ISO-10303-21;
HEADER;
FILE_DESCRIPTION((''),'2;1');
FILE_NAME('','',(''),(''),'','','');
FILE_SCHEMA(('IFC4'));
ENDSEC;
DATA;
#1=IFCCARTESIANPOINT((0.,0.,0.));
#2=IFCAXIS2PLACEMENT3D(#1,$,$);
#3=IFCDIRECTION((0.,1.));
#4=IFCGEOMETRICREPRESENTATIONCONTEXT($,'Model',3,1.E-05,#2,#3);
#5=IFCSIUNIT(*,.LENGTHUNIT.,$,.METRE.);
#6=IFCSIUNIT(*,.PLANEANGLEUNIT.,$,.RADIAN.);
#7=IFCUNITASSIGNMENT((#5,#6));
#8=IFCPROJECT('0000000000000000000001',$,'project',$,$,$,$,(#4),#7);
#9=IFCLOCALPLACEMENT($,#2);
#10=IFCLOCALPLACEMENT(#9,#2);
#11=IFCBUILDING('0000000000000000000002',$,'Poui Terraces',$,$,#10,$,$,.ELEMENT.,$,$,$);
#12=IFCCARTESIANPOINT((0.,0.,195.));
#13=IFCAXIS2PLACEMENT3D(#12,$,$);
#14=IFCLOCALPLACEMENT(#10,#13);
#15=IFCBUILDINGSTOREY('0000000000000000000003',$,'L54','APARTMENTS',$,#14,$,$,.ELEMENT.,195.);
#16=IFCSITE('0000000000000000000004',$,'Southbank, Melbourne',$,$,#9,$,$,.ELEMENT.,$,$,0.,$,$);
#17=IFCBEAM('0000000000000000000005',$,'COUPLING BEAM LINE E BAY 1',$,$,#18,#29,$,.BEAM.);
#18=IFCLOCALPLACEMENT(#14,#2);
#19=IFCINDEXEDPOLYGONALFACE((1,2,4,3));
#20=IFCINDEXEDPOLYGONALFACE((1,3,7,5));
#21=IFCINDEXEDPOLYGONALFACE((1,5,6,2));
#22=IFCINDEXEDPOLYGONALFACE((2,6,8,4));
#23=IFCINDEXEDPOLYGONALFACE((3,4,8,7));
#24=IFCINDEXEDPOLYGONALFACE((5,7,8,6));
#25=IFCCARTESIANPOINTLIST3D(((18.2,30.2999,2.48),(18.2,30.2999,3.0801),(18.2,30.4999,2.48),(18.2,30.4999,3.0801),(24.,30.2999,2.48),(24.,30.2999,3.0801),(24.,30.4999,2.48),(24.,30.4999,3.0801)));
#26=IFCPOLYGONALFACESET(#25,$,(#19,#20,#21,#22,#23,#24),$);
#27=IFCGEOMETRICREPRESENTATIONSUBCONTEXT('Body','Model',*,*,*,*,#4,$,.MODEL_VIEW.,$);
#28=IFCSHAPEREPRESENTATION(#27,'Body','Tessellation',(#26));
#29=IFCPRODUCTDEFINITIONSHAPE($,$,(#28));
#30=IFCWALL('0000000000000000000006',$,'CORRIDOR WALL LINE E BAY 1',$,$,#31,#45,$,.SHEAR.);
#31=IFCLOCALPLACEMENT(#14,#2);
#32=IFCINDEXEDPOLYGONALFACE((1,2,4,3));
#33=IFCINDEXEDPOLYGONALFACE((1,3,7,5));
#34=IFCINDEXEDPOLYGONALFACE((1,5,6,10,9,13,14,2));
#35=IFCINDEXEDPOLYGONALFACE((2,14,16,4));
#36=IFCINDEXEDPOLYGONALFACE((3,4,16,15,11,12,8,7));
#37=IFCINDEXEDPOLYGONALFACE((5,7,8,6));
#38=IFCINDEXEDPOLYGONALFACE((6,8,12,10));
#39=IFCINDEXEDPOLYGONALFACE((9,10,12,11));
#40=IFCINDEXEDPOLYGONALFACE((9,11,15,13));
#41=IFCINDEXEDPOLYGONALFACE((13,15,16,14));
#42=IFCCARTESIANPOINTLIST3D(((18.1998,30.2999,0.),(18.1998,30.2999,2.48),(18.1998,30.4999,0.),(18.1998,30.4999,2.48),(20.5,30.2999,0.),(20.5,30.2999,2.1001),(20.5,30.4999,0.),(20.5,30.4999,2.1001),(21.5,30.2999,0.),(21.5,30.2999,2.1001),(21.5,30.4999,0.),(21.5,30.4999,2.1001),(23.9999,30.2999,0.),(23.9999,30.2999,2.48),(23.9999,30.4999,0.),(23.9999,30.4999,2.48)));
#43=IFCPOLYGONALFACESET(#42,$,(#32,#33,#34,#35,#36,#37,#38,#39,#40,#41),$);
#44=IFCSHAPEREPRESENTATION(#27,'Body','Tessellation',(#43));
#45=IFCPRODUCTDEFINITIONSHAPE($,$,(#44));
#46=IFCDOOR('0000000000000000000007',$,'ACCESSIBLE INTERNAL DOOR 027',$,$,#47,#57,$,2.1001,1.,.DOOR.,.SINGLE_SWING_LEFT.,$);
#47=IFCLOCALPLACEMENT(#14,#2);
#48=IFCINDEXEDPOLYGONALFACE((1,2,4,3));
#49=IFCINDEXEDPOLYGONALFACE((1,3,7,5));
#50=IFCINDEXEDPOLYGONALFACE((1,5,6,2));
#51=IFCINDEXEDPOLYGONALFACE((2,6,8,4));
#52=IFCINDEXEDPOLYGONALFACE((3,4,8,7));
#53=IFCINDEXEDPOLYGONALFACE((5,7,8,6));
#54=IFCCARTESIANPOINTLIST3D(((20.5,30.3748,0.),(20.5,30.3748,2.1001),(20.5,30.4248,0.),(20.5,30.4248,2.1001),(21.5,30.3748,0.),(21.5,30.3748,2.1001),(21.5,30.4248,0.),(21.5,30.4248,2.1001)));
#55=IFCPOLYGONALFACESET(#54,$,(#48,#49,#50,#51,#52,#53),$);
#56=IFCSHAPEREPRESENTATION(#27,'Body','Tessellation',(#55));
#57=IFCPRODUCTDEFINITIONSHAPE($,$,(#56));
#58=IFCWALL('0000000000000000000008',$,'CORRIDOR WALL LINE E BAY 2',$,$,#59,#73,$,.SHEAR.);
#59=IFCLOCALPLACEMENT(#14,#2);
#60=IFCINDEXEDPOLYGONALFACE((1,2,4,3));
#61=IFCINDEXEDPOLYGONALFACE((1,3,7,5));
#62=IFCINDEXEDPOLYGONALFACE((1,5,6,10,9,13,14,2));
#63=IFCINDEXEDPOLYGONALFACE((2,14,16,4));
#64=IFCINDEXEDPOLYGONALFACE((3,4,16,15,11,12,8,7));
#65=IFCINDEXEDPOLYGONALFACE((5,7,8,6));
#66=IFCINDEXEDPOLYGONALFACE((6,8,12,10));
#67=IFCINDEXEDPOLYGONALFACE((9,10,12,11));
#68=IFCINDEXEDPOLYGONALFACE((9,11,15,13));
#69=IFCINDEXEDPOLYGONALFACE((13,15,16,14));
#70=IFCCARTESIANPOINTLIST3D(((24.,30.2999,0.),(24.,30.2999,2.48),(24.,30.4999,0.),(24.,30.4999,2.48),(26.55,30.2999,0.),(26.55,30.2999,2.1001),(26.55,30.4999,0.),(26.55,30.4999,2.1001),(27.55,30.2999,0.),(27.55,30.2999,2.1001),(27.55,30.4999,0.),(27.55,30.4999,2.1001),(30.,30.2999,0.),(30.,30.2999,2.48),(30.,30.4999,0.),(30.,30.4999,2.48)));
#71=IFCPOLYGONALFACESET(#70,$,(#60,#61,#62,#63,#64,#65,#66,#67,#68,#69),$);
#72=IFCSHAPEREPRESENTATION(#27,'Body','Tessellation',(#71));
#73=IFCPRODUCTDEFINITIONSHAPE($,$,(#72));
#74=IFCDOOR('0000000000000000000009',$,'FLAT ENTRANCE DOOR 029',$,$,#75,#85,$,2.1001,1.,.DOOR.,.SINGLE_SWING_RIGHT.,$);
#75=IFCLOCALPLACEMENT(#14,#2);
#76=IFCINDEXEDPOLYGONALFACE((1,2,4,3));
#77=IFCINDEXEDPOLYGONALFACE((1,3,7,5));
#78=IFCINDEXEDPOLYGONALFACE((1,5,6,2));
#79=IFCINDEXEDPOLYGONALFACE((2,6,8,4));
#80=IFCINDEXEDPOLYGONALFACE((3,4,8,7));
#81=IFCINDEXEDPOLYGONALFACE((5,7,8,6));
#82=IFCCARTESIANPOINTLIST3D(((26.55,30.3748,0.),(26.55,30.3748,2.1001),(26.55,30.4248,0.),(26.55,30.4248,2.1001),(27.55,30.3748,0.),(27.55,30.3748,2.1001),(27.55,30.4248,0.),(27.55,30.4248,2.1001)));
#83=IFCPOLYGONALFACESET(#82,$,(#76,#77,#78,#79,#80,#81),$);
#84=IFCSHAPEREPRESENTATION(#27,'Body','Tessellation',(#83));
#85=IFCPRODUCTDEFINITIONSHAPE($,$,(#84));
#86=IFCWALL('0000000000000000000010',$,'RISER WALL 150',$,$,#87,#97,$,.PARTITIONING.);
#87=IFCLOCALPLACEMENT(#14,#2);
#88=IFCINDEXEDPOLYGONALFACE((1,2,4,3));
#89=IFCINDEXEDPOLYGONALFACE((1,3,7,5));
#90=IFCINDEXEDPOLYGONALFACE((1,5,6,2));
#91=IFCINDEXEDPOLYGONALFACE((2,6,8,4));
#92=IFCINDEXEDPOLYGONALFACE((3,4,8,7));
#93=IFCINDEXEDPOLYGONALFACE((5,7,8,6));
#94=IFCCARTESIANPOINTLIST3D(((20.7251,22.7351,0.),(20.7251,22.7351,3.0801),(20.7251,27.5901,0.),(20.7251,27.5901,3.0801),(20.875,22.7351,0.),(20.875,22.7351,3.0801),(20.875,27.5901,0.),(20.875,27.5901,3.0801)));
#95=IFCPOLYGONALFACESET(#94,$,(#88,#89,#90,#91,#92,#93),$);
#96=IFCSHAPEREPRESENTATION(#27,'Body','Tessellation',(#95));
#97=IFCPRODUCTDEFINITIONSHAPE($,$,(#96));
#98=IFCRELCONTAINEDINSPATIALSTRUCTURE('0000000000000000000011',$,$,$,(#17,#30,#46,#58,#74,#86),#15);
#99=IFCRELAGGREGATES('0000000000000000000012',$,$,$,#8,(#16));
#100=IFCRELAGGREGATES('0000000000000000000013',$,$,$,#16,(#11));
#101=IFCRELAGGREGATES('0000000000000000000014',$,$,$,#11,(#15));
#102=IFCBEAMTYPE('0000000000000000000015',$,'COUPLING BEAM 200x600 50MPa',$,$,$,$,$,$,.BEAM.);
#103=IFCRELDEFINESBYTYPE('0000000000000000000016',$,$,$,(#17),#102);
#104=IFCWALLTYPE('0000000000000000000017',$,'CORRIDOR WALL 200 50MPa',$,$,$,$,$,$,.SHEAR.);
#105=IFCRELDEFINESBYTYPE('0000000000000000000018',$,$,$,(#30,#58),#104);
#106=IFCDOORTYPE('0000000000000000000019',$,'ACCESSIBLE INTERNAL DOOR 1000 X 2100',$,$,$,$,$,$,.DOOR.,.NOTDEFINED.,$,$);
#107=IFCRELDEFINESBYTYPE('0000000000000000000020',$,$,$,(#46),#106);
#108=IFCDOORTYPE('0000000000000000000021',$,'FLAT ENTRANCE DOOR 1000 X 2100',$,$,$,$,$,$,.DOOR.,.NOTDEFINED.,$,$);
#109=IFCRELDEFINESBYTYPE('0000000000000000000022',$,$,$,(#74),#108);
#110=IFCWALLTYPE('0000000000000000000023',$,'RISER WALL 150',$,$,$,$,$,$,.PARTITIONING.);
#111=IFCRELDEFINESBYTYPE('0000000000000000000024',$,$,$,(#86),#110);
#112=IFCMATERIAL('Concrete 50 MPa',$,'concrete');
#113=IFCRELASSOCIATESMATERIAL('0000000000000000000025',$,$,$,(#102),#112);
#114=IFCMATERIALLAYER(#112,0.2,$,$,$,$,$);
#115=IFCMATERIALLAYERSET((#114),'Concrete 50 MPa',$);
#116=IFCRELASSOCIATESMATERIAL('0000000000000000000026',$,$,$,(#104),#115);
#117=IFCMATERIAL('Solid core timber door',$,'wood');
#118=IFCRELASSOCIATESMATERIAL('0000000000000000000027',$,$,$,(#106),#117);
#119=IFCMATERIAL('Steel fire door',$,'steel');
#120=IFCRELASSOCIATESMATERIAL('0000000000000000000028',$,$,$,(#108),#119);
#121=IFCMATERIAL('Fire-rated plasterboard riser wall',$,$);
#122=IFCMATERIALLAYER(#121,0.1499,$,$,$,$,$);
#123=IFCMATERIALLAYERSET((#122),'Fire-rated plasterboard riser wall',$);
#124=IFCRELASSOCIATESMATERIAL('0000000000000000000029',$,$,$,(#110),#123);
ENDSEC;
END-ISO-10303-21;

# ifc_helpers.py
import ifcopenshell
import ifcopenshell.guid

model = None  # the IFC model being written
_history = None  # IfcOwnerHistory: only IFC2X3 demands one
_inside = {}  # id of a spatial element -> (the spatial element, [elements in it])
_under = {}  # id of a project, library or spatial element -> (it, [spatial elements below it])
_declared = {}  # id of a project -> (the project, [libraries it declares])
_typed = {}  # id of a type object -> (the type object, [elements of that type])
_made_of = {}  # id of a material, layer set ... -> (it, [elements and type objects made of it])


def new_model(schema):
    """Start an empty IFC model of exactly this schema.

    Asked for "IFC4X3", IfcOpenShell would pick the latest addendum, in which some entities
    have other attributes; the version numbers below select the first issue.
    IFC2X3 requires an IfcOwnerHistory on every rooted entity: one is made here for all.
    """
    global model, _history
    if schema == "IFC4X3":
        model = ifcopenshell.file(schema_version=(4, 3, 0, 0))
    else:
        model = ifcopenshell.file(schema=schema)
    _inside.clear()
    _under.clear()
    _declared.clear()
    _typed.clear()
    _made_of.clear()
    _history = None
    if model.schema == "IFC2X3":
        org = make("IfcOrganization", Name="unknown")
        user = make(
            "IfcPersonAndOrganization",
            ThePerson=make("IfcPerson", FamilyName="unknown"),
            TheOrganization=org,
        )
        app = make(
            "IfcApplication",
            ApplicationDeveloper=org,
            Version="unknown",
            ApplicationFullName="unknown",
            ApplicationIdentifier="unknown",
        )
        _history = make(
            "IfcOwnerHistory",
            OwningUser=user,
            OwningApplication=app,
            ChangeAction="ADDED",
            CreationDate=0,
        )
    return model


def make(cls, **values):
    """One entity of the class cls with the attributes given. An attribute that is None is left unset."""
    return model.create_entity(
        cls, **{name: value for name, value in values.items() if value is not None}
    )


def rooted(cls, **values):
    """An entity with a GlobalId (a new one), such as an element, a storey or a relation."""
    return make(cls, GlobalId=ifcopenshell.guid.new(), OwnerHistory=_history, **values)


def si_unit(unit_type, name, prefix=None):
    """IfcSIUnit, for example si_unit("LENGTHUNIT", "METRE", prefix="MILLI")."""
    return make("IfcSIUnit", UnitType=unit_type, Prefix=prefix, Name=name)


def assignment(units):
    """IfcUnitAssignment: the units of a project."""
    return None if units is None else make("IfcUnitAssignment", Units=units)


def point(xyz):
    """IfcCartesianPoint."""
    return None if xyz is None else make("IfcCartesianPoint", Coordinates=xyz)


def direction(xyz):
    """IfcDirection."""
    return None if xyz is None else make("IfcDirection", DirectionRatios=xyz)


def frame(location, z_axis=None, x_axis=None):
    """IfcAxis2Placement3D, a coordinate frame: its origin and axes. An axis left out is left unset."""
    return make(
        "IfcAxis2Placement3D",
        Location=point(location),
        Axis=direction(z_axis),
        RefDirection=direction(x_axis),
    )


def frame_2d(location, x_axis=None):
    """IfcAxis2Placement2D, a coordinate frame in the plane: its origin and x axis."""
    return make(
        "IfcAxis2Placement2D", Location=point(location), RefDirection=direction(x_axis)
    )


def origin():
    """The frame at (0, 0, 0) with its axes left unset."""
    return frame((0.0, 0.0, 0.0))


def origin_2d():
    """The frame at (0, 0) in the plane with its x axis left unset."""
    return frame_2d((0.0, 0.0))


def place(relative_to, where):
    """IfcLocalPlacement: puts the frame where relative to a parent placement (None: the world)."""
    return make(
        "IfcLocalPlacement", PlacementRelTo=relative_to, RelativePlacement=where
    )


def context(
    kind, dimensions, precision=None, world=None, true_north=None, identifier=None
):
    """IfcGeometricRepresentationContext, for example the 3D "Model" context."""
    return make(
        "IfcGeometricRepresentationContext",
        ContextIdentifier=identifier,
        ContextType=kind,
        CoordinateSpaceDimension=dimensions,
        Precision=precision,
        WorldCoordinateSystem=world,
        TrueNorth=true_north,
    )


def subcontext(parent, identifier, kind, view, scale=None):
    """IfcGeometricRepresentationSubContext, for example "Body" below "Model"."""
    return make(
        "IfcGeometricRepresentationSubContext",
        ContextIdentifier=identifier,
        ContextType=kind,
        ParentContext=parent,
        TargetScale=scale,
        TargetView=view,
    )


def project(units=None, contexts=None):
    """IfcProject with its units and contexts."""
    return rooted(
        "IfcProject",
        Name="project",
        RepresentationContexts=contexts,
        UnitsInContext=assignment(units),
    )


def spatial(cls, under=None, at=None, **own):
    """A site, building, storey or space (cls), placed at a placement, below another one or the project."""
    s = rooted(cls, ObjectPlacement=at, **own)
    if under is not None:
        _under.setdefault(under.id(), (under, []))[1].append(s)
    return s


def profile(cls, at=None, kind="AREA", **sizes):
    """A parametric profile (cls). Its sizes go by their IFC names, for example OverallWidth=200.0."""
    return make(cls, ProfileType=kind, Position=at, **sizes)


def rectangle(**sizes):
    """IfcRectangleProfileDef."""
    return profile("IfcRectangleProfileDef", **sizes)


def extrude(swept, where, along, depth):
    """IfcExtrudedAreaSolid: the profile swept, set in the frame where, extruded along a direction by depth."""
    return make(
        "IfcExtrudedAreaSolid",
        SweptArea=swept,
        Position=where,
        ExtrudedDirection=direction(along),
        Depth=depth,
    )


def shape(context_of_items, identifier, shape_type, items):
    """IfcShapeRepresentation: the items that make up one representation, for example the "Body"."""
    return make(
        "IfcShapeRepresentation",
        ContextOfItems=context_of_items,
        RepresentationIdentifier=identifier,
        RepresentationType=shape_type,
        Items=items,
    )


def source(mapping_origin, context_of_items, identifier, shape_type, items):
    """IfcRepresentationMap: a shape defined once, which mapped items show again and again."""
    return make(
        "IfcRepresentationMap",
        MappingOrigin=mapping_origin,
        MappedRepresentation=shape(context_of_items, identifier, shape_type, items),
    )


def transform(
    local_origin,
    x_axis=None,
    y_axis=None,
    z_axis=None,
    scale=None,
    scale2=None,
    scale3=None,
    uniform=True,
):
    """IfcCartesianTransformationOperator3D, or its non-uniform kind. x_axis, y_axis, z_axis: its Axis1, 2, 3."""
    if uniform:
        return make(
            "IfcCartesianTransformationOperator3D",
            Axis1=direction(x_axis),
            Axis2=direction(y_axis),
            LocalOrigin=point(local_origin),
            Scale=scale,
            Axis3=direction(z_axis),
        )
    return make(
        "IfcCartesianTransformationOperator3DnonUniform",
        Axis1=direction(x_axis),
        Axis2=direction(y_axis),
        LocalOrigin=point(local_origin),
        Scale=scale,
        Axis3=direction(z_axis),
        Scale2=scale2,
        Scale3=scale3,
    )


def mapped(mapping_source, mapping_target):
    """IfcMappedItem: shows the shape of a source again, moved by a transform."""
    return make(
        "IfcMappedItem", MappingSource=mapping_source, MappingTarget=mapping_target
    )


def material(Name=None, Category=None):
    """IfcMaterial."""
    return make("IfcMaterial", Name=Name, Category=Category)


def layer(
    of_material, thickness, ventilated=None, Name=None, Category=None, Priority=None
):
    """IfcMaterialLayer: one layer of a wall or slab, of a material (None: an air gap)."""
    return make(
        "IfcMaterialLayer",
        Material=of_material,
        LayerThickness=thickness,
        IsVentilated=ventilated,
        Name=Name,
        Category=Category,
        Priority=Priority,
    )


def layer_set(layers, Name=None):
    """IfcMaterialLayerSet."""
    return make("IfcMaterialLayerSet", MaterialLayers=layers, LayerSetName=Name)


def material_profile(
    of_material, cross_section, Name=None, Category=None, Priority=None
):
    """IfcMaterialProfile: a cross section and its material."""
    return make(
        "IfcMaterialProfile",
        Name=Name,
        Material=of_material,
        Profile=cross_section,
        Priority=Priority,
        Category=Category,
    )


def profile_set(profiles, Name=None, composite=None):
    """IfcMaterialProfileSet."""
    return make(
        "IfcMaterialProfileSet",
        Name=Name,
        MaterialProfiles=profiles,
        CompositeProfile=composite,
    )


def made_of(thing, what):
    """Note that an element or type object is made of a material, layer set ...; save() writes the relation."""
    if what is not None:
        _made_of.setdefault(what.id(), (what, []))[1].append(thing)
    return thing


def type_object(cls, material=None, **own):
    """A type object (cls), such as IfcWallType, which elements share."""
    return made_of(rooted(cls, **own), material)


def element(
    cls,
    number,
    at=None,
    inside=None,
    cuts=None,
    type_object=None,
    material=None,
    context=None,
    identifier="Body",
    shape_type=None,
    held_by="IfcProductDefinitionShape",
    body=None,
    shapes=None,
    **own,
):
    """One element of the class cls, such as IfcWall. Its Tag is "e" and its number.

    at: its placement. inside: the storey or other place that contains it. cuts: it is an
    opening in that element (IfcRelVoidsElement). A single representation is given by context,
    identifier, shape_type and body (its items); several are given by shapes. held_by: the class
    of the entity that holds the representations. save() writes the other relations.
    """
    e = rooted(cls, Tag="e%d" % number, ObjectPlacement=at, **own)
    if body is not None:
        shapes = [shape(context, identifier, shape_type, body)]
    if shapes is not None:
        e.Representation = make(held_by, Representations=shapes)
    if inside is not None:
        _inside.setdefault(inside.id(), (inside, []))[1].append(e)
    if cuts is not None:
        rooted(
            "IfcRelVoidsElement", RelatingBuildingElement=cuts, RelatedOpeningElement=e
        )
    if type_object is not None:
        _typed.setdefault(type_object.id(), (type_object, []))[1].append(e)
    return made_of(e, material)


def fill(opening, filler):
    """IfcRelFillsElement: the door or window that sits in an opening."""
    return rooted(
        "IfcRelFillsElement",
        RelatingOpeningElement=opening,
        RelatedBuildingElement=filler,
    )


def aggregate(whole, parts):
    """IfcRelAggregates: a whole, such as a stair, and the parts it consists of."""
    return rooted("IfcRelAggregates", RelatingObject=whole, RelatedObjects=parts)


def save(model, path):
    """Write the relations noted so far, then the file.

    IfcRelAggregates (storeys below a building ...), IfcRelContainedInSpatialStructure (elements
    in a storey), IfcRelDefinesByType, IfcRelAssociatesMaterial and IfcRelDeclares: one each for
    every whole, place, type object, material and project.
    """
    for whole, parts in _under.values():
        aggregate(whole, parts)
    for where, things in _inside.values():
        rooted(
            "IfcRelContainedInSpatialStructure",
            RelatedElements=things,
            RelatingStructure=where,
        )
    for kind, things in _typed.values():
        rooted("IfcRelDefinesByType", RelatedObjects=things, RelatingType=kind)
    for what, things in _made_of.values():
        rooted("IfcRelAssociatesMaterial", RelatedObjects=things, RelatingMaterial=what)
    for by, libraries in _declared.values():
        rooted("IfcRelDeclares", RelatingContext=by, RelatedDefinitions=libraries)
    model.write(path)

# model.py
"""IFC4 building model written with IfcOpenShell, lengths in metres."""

from ifc_helpers import new_model, si_unit, direction, frame, frame_2d, origin, origin_2d, place, context, subcontext, project, spatial, rectangle, extrude, source, transform, mapped, material, layer, layer_set, material_profile, profile_set, type_object, element, fill, save


model = new_model("IFC4")

# Units and contexts
model_context = context("Model", 3, precision=1e-05, world=origin(), true_north=direction((0.0, 1.0)))
body_context = subcontext(model_context, "Body", "Model", "MODEL_VIEW")
ifc_project = project(units=[si_unit("LENGTHUNIT", "METRE"), si_unit("PLANEANGLEUNIT", "RADIAN")], contexts=[model_context])

# Site, building, storey
site_placement = place(None, origin())
site = spatial("IfcSite", under=ifc_project, at=site_placement, Name="Southbank, Melbourne", CompositionType="ELEMENT", RefElevation=0.0)
building_placement = place(site_placement, origin())
building = spatial("IfcBuilding", under=site, at=building_placement, Name="Poui Terraces", CompositionType="ELEMENT")
storey_placement = place(building_placement, frame((0.0, 0.0, 195.0)))
storey = spatial("IfcBuildingStorey", under=building, at=storey_placement, Name="L54", Description="APARTMENTS", CompositionType="ELEMENT", Elevation=195.0)

# Beam
ifc_material_1 = material(Name="Concrete 50 MPa", Category="concrete")
ifc_material_profile = material_profile(ifc_material_1, rectangle(XDim=0.2, YDim=0.6001, at=origin_2d()), Name="RC 200x600")
ifc_profile_set = profile_set([ifc_material_profile], Name="Concrete 50 MPa")
beam_type = type_object("IfcBeamType", Name="COUPLING BEAM 200x600 50MPa", PredefinedType="BEAM", material=ifc_profile_set)
shared_shape = source(origin(), body_context, "Body", "SweptSolid", [
    extrude(rectangle(XDim=0.2, YDim=0.6001, at=origin_2d()), origin(), (0.0, 0.0, 1.0), 5.8),
])
beam_placement = place(storey_placement, frame((18.2, 30.3999, 2.78), z_axis=(1.0, 0.0, 0.0), x_axis=(0.0, 1.0, 0.0)))
element("IfcBeam", 1, at=beam_placement, inside=storey, type_object=beam_type, Name="COUPLING BEAM LINE E BAY 1", PredefinedType="BEAM", context=body_context, shape_type="MappedRepresentation", body=[
    mapped(shared_shape, transform((0.0, 0.0, 0.0))),
])

# Walls, openings, doors
ifc_layer_1 = layer(ifc_material_1, 0.2)
ifc_layer_set_1 = layer_set([ifc_layer_1], Name="Concrete 50 MPa")
wall_type_1 = type_object("IfcWallType", Name="CORRIDOR WALL 200 50MPa", PredefinedType="SHEAR", material=ifc_layer_set_1)
wall_1_placement = place(storey_placement, frame((18.2, 30.3999, 0.0), z_axis=(0.0, 0.0, 1.0), x_axis=(1.0, 0.0, 0.0)))
wall_1 = element("IfcWall", 2, at=wall_1_placement, inside=storey, type_object=wall_type_1, Name="CORRIDOR WALL LINE E BAY 1", PredefinedType="SHEAR", context=body_context, shape_type="SweptSolid", body=[
    extrude(rectangle(XDim=5.8, YDim=0.2, at=frame_2d((2.8999, 0.0))), origin(), (0.0, 0.0, 1.0), 2.48),
])
opening_1_placement = place(wall_1_placement, frame((2.3, 0.0, 0.0)))
opening_1 = element("IfcOpeningElement", 3, at=opening_1_placement, cuts=wall_1, PredefinedType="OPENING", context=body_context, shape_type="SweptSolid", body=[
    extrude(rectangle(XDim=1.0, YDim=2.1001, at=frame_2d((0.5, 1.05))), frame((0.0, 0.1099, 0.0), z_axis=(0.0, -1.0, 0.0), x_axis=(1.0, 0.0, 0.0)), (0.0, 0.0, 1.0), 0.22),
])
ifc_material_2 = material(Name="Solid core timber door", Category="wood")
door_type_1 = type_object("IfcDoorType", Name="ACCESSIBLE INTERNAL DOOR 1000 X 2100", OperationType="NOTDEFINED", PredefinedType="DOOR", material=ifc_material_2)
door_1_placement = place(opening_1_placement, origin())
door_1 = element("IfcDoor", 4, at=door_1_placement, inside=storey, type_object=door_type_1, Name="ACCESSIBLE INTERNAL DOOR 027", OperationType="SINGLE_SWING_LEFT", OverallHeight=2.1001, OverallWidth=1.0, PredefinedType="DOOR", context=body_context, shape_type="SweptSolid", body=[
    extrude(rectangle(XDim=1.0, YDim=2.1001, at=frame_2d((0.5, 1.05))), frame((0.0, 0.0249, 0.0), z_axis=(0.0, -1.0, 0.0), x_axis=(1.0, 0.0, 0.0)), (0.0, 0.0, 1.0), 0.05),
])
fill(opening_1, door_1)
wall_2_placement = place(storey_placement, frame((24.0, 30.3999, 0.0), z_axis=(0.0, 0.0, 1.0), x_axis=(1.0, 0.0, 0.0)))
wall_2 = element("IfcWall", 5, at=wall_2_placement, inside=storey, type_object=wall_type_1, Name="CORRIDOR WALL LINE E BAY 2", PredefinedType="SHEAR", context=body_context, shape_type="SweptSolid", body=[
    extrude(rectangle(XDim=6.0, YDim=0.2, at=frame_2d((3.0, 0.0))), origin(), (0.0, 0.0, 1.0), 2.48),
])
opening_2_placement = place(wall_2_placement, frame((2.55, 0.0, 0.0)))
opening_2 = element("IfcOpeningElement", 6, at=opening_2_placement, cuts=wall_2, PredefinedType="OPENING", context=body_context, shape_type="SweptSolid", body=[
    extrude(rectangle(XDim=1.0, YDim=2.1001, at=frame_2d((0.5, 1.05))), frame((0.0, 0.1099, 0.0), z_axis=(0.0, -1.0, 0.0), x_axis=(1.0, 0.0, 0.0)), (0.0, 0.0, 1.0), 0.22),
])
ifc_material_3 = material(Name="Steel fire door", Category="steel")
door_type_2 = type_object("IfcDoorType", Name="FLAT ENTRANCE DOOR 1000 X 2100", OperationType="NOTDEFINED", PredefinedType="DOOR", material=ifc_material_3)
door_2_placement = place(opening_2_placement, origin())
door_2 = element("IfcDoor", 7, at=door_2_placement, inside=storey, type_object=door_type_2, Name="FLAT ENTRANCE DOOR 029", OperationType="SINGLE_SWING_RIGHT", OverallHeight=2.1001, OverallWidth=1.0, PredefinedType="DOOR", context=body_context, shape_type="SweptSolid", body=[
    extrude(rectangle(XDim=1.0, YDim=2.1001, at=frame_2d((0.5, 1.05))), frame((0.0, 0.0249, 0.0), z_axis=(0.0, -1.0, 0.0), x_axis=(1.0, 0.0, 0.0)), (0.0, 0.0, 1.0), 0.05),
])
fill(opening_2, door_2)

# Wall
ifc_material_4 = material(Name="Fire-rated plasterboard riser wall")
ifc_layer_2 = layer(ifc_material_4, 0.1499)
ifc_layer_set_2 = layer_set([ifc_layer_2], Name="Fire-rated plasterboard riser wall")
wall_type_2 = type_object("IfcWallType", Name="RISER WALL 150", PredefinedType="PARTITIONING", material=ifc_layer_set_2)
wall_3_placement = place(storey_placement, frame((20.8, 22.7351, 0.0), z_axis=(0.0, 0.0, 1.0), x_axis=(0.0, 1.0, 0.0)))
element("IfcWall", 8, at=wall_3_placement, inside=storey, type_object=wall_type_2, Name="RISER WALL 150", PredefinedType="PARTITIONING", context=body_context, shape_type="SweptSolid", body=[
    extrude(rectangle(XDim=4.855, YDim=0.1499, at=frame_2d((2.4275, 0.0))), origin(), (0.0, 0.0, 1.0), 3.0801),
])

save(model, "model.ifc")
